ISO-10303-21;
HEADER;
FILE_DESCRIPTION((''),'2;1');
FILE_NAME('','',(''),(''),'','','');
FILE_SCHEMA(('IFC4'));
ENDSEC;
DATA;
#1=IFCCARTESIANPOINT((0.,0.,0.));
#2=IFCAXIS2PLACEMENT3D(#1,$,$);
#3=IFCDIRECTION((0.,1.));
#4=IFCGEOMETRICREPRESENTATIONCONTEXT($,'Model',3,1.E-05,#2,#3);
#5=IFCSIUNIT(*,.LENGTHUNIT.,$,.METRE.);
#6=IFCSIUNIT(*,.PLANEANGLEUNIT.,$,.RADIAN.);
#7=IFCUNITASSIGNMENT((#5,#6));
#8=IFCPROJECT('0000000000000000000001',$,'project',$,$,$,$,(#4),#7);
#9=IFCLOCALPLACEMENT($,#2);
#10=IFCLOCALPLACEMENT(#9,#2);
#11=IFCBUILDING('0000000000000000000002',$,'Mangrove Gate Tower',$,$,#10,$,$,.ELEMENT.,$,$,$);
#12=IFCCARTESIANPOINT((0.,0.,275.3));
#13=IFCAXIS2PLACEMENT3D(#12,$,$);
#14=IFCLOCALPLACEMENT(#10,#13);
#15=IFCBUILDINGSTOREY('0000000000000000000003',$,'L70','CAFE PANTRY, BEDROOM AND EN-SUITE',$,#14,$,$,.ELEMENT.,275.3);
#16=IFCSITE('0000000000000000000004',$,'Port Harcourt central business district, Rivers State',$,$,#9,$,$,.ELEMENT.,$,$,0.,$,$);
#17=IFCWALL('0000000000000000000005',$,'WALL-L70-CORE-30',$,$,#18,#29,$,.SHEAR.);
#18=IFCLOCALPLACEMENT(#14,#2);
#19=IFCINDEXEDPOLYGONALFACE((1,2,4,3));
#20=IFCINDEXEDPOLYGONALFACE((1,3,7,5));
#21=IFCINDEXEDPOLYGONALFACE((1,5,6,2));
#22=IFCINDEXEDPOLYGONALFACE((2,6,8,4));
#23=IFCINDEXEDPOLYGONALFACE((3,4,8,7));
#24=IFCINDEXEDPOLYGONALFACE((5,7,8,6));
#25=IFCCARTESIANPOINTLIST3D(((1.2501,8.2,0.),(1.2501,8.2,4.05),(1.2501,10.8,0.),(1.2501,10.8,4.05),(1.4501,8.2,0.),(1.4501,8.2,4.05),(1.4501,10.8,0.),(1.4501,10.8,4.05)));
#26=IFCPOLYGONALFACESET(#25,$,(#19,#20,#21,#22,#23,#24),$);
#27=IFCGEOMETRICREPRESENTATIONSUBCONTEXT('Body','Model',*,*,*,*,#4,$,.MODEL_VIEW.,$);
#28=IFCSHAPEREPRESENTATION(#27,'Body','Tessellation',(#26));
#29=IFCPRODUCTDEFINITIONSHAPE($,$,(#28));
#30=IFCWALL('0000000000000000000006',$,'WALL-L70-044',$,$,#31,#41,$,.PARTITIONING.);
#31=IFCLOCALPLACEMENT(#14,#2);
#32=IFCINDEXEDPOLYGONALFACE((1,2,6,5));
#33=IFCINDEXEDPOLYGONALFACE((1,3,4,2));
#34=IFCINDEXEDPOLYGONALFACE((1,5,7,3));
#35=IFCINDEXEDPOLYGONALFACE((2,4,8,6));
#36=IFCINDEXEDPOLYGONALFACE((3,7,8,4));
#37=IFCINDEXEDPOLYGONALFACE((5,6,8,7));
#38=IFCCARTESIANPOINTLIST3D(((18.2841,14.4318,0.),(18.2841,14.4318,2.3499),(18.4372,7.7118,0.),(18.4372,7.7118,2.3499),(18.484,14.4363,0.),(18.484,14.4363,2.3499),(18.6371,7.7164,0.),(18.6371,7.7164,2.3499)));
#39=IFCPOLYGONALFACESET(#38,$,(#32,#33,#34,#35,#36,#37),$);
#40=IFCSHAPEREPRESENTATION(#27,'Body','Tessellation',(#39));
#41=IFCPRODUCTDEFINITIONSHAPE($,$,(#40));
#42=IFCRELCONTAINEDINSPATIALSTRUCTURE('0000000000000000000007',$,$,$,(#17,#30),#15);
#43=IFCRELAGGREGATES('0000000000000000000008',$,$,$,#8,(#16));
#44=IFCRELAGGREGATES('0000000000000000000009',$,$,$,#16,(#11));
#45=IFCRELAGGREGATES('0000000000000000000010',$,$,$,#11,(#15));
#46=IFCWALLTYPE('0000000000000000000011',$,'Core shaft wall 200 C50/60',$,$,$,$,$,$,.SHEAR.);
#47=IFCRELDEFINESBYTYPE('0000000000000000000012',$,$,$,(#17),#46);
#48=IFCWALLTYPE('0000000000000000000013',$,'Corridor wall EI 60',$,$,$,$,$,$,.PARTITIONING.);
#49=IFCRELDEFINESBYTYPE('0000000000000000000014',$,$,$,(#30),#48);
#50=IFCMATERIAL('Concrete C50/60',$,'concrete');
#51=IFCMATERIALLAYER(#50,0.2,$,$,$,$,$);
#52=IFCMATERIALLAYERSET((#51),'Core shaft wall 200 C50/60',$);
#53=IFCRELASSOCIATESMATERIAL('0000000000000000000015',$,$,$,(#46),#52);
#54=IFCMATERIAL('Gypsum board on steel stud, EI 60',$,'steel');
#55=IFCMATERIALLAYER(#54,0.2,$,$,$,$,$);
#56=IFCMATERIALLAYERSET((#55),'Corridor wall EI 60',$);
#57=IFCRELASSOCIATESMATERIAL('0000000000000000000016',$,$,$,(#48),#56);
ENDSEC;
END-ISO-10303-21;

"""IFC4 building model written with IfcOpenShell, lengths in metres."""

from ifc_helpers import new_model, si_unit, direction, frame, frame_2d, origin, place, context, subcontext, project, spatial, rectangle, extrude, material, layer, layer_set, type_object, element, save


model = new_model("IFC4")

# Units and contexts
model_context = context("Model", 3, precision=1e-05, world=origin(), true_north=direction((0.0, 1.0)))
body_context = subcontext(model_context, "Body", "Model", "MODEL_VIEW")
ifc_project = project(units=[si_unit("LENGTHUNIT", "METRE"), si_unit("PLANEANGLEUNIT", "RADIAN")], contexts=[model_context])

# Site, building, storey
site_placement = place(None, origin())
site = spatial("IfcSite", under=ifc_project, at=site_placement, Name="Port Harcourt central business district, Rivers State", CompositionType="ELEMENT", RefElevation=0.0)
building_placement = place(site_placement, origin())
building = spatial("IfcBuilding", under=site, at=building_placement, Name="Mangrove Gate Tower", CompositionType="ELEMENT")
storey_placement = place(building_placement, frame((0.0, 0.0, 275.3)))
storey = spatial("IfcBuildingStorey", under=building, at=storey_placement, Name="L70", Description="CAFE PANTRY, BEDROOM AND EN-SUITE", CompositionType="ELEMENT", Elevation=275.3)

# Walls
ifc_material_1 = material(Name="Concrete C50/60", Category="concrete")
ifc_layer_1 = layer(ifc_material_1, 0.2)
ifc_layer_set_1 = layer_set([ifc_layer_1], Name="Core shaft wall 200 C50/60")
wall_type_1 = type_object("IfcWallType", Name="Core shaft wall 200 C50/60", PredefinedType="SHEAR", material=ifc_layer_set_1)
wall_1_placement = place(storey_placement, frame((1.3501, 8.2, 0.0), z_axis=(0.0, 0.0, 1.0), x_axis=(0.0, 1.0, 0.0)))
element("IfcWall", 1, at=wall_1_placement, inside=storey, type_object=wall_type_1, Name="WALL-L70-CORE-30", PredefinedType="SHEAR", context=body_context, shape_type="SweptSolid", body=[
    extrude(rectangle(XDim=2.6001, YDim=0.2, at=frame_2d((1.3, 0.0))), origin(), (0.0, 0.0, 1.0), 4.05),
])
ifc_material_2 = material(Name="Gypsum board on steel stud, EI 60", Category="steel")
ifc_layer_2 = layer(ifc_material_2, 0.2)
ifc_layer_set_2 = layer_set([ifc_layer_2], Name="Corridor wall EI 60")
wall_type_2 = type_object("IfcWallType", Name="Corridor wall EI 60", PredefinedType="PARTITIONING", material=ifc_layer_set_2)
wall_2_placement = place(storey_placement, frame((18.5371, 7.7141, 0.0), z_axis=(0.0, 0.0, 1.0), x_axis=(-0.022773, 0.999741, 0.0)))
element("IfcWall", 2, at=wall_2_placement, inside=storey, type_object=wall_type_2, Name="WALL-L70-044", PredefinedType="PARTITIONING", context=body_context, shape_type="SweptSolid", body=[
    extrude(rectangle(XDim=6.7217, YDim=0.2, at=frame_2d((3.3608, 0.0))), origin(), (0.0, 0.0, 1.0), 2.3499),
])

save(model, "model.ifc")
